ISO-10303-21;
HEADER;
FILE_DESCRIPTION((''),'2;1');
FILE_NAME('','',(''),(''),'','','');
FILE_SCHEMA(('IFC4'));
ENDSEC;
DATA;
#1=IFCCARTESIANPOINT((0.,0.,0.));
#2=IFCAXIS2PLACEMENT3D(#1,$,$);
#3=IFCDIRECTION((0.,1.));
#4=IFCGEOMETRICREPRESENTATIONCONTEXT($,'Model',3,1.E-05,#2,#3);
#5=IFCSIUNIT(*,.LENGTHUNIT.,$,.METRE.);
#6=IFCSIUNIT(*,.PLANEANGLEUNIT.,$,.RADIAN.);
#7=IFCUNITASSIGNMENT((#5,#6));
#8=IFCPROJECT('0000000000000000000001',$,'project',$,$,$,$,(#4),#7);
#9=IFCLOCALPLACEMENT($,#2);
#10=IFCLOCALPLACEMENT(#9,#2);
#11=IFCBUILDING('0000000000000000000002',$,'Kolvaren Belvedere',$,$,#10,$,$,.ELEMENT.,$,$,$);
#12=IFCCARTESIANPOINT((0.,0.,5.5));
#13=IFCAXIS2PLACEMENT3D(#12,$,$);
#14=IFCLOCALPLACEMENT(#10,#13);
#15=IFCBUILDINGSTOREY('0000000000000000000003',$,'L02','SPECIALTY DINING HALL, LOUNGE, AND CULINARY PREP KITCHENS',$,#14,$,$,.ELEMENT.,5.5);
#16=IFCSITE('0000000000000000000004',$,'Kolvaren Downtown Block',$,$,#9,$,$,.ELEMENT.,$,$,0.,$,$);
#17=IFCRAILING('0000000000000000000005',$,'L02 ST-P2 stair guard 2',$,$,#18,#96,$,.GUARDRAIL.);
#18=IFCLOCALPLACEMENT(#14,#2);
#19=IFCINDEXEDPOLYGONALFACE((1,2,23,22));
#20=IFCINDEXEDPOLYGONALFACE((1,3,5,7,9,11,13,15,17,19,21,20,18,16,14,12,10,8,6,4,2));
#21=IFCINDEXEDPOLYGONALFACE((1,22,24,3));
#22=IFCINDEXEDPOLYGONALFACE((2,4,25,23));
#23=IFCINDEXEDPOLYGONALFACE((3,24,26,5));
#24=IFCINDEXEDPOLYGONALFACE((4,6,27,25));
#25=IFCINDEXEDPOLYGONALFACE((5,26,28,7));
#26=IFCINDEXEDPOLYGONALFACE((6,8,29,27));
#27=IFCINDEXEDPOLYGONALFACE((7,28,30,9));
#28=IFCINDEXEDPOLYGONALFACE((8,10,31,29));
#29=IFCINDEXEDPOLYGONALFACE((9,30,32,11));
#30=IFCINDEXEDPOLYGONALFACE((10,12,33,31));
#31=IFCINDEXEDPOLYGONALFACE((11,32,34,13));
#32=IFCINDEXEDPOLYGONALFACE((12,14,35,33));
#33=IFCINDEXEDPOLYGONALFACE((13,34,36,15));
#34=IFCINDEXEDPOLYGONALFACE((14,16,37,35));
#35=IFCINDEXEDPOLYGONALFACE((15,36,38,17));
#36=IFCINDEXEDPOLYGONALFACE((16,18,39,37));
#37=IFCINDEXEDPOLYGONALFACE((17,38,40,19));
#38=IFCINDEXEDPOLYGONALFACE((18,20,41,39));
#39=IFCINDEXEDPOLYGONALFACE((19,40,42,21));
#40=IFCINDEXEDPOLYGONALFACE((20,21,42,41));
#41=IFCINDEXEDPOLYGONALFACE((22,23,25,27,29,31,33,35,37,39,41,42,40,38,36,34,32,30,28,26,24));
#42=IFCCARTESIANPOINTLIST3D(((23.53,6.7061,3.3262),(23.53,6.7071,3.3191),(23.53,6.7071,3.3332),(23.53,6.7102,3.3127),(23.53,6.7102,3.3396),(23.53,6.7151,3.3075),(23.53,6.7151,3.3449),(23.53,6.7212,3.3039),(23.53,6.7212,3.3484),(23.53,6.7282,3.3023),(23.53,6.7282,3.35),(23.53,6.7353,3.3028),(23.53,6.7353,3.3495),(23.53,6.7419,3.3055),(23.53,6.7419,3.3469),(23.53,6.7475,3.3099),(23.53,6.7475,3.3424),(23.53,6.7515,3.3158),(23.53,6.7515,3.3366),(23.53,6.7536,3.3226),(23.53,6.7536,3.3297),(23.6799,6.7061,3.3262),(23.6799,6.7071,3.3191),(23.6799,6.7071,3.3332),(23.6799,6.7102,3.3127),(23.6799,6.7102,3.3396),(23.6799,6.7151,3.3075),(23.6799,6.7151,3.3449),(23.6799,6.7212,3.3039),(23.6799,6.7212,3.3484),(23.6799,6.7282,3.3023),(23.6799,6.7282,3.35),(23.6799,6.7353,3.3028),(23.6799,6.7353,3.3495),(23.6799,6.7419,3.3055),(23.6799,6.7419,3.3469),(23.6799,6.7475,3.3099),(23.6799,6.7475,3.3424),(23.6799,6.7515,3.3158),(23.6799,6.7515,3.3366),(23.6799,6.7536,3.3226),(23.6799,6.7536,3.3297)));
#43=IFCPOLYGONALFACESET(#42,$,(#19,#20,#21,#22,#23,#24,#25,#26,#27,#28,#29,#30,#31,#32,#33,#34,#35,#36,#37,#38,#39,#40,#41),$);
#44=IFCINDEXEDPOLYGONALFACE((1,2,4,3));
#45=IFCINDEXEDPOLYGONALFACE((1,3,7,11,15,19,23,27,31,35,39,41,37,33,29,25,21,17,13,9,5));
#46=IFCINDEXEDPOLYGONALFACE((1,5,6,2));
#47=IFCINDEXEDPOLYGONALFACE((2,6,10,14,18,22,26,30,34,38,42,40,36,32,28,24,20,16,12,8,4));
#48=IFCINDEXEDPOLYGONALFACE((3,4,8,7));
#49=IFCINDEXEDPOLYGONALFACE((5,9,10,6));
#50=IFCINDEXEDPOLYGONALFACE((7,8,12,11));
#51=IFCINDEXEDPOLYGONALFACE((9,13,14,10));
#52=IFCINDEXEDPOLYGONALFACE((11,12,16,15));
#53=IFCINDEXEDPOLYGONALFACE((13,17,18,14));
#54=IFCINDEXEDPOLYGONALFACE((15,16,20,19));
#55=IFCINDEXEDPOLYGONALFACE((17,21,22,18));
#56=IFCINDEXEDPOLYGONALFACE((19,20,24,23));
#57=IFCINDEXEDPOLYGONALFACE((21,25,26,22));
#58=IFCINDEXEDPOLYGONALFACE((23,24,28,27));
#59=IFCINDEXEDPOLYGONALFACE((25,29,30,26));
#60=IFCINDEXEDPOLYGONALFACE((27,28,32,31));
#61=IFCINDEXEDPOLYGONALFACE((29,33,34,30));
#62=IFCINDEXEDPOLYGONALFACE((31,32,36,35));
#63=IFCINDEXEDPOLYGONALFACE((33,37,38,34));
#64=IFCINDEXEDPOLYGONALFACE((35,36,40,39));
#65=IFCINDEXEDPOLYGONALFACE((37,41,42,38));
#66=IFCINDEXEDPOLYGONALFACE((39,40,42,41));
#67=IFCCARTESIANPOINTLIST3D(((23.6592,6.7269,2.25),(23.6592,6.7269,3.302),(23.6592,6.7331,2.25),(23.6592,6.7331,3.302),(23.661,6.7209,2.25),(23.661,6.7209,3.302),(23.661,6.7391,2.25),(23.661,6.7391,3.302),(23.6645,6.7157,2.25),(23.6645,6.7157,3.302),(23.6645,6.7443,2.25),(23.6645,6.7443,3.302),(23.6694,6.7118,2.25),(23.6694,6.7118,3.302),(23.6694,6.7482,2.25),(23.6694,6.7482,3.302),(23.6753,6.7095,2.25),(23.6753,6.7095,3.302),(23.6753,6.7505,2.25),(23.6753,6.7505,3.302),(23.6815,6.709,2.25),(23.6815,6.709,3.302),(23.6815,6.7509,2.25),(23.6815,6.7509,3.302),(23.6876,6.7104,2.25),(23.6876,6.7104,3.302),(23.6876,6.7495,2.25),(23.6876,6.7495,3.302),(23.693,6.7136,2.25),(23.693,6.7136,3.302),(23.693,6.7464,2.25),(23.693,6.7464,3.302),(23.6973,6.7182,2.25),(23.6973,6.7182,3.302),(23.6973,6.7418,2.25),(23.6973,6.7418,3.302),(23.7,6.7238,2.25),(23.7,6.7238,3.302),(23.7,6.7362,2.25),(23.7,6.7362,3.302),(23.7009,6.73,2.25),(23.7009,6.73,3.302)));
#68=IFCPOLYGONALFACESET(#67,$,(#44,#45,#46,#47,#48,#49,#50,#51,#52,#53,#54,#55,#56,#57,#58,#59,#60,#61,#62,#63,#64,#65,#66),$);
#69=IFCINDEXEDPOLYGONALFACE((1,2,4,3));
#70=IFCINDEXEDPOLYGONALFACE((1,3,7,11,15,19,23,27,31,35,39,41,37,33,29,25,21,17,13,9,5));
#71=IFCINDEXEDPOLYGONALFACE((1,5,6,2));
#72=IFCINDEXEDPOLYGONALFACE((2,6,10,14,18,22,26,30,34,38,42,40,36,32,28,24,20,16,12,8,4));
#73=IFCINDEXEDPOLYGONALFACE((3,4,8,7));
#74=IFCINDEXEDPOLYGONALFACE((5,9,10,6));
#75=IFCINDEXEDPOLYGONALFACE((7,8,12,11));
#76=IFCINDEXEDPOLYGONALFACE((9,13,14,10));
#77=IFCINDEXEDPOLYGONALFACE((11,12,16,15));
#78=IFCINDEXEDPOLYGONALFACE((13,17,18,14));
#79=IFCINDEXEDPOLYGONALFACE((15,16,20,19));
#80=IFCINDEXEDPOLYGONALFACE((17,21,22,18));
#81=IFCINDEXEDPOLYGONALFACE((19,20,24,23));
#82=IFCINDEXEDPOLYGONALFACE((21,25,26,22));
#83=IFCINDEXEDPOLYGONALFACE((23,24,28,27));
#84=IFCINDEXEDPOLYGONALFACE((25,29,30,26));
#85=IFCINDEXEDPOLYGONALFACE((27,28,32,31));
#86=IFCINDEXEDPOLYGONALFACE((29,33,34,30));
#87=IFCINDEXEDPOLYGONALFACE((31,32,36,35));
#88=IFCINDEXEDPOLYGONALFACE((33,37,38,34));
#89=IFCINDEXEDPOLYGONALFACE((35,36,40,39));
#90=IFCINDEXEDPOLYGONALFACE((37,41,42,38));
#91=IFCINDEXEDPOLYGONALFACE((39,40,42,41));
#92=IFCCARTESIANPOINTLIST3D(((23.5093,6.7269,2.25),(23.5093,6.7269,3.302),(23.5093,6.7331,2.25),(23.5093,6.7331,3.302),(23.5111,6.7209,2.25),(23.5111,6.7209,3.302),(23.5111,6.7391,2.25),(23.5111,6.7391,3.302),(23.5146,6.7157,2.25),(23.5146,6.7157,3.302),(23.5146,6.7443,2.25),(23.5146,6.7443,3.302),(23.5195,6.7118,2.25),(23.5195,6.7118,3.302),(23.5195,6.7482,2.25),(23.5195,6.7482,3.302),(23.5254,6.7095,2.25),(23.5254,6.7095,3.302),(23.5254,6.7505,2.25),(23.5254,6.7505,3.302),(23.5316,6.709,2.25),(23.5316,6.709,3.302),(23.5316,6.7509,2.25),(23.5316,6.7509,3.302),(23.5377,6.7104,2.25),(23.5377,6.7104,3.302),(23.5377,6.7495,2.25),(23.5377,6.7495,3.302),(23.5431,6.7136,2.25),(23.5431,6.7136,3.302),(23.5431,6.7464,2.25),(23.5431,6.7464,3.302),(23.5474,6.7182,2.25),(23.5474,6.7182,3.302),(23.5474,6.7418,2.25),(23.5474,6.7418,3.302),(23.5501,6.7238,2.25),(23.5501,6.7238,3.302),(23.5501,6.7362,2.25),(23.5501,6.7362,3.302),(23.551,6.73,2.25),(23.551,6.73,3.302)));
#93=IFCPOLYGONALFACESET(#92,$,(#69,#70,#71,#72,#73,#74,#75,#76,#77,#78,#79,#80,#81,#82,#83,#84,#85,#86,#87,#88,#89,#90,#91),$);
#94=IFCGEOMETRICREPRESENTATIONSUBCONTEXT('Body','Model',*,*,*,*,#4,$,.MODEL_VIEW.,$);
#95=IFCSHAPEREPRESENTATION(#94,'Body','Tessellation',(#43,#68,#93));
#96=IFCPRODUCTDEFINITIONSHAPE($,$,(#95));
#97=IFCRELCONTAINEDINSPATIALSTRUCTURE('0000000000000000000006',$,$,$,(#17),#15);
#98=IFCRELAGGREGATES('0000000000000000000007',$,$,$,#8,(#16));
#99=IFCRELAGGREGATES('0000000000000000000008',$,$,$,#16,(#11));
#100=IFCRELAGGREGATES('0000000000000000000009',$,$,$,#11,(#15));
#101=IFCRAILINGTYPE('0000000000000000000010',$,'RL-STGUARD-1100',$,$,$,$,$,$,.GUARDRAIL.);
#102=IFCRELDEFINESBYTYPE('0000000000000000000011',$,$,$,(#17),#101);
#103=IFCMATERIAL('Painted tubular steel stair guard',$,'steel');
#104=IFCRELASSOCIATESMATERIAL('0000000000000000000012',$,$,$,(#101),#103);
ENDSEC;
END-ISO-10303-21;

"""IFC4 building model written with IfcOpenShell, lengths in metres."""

from ifc_helpers import new_model, si_unit, direction, frame, origin, origin_2d, place, context, subcontext, project, spatial, circle, extrude, material, type_object, element, save


model = new_model("IFC4")

# Units and contexts
model_context = context("Model", 3, precision=1e-05, world=origin(), true_north=direction((0.0, 1.0)))
body_context = subcontext(model_context, "Body", "Model", "MODEL_VIEW")
ifc_project = project(units=[si_unit("LENGTHUNIT", "METRE"), si_unit("PLANEANGLEUNIT", "RADIAN")], contexts=[model_context])

# Site, building, storey
site_placement = place(None, origin())
site = spatial("IfcSite", under=ifc_project, at=site_placement, Name="Kolvaren Downtown Block", CompositionType="ELEMENT", RefElevation=0.0)
building_placement = place(site_placement, origin())
building = spatial("IfcBuilding", under=site, at=building_placement, Name="Kolvaren Belvedere", CompositionType="ELEMENT")
storey_placement = place(building_placement, frame((0.0, 0.0, 5.5)))
storey = spatial("IfcBuildingStorey", under=building, at=storey_placement, Name="L02", Description="SPECIALTY DINING HALL, LOUNGE, AND CULINARY PREP KITCHENS", CompositionType="ELEMENT", Elevation=5.5)

# Railing
ifc_material_1 = material(Name="Painted tubular steel stair guard", Category="steel")
railing_type_1 = type_object("IfcRailingType", Name="RL-STGUARD-1100", PredefinedType="GUARDRAIL", material=ifc_material_1)
railing_1_placement = place(storey_placement, frame((23.6799, 6.73, 2.25)))
element("IfcRailing", 1, at=railing_1_placement, inside=storey, type_object=railing_type_1, Name="L02 ST-P2 stair guard 2", PredefinedType="GUARDRAIL", context=body_context, shape_type="SweptSolid", body=[
    extrude(circle(Radius=0.0239, at=origin_2d()), frame((0.0, 0.0, 1.0762), z_axis=(-1.0, 0.0, 0.0), x_axis=(0.0, -1.0, 0.0)), (0.0, 0.0, 1.0), 0.1499),
    extrude(circle(Radius=0.021, at=origin_2d()), origin(), (0.0, 0.0, 1.0), 1.052),
    extrude(circle(Radius=0.021, at=origin_2d()), frame((-0.1499, 0.0, 0.0)), (0.0, 0.0, 1.0), 1.052),
])

save(model, "model.ifc")
